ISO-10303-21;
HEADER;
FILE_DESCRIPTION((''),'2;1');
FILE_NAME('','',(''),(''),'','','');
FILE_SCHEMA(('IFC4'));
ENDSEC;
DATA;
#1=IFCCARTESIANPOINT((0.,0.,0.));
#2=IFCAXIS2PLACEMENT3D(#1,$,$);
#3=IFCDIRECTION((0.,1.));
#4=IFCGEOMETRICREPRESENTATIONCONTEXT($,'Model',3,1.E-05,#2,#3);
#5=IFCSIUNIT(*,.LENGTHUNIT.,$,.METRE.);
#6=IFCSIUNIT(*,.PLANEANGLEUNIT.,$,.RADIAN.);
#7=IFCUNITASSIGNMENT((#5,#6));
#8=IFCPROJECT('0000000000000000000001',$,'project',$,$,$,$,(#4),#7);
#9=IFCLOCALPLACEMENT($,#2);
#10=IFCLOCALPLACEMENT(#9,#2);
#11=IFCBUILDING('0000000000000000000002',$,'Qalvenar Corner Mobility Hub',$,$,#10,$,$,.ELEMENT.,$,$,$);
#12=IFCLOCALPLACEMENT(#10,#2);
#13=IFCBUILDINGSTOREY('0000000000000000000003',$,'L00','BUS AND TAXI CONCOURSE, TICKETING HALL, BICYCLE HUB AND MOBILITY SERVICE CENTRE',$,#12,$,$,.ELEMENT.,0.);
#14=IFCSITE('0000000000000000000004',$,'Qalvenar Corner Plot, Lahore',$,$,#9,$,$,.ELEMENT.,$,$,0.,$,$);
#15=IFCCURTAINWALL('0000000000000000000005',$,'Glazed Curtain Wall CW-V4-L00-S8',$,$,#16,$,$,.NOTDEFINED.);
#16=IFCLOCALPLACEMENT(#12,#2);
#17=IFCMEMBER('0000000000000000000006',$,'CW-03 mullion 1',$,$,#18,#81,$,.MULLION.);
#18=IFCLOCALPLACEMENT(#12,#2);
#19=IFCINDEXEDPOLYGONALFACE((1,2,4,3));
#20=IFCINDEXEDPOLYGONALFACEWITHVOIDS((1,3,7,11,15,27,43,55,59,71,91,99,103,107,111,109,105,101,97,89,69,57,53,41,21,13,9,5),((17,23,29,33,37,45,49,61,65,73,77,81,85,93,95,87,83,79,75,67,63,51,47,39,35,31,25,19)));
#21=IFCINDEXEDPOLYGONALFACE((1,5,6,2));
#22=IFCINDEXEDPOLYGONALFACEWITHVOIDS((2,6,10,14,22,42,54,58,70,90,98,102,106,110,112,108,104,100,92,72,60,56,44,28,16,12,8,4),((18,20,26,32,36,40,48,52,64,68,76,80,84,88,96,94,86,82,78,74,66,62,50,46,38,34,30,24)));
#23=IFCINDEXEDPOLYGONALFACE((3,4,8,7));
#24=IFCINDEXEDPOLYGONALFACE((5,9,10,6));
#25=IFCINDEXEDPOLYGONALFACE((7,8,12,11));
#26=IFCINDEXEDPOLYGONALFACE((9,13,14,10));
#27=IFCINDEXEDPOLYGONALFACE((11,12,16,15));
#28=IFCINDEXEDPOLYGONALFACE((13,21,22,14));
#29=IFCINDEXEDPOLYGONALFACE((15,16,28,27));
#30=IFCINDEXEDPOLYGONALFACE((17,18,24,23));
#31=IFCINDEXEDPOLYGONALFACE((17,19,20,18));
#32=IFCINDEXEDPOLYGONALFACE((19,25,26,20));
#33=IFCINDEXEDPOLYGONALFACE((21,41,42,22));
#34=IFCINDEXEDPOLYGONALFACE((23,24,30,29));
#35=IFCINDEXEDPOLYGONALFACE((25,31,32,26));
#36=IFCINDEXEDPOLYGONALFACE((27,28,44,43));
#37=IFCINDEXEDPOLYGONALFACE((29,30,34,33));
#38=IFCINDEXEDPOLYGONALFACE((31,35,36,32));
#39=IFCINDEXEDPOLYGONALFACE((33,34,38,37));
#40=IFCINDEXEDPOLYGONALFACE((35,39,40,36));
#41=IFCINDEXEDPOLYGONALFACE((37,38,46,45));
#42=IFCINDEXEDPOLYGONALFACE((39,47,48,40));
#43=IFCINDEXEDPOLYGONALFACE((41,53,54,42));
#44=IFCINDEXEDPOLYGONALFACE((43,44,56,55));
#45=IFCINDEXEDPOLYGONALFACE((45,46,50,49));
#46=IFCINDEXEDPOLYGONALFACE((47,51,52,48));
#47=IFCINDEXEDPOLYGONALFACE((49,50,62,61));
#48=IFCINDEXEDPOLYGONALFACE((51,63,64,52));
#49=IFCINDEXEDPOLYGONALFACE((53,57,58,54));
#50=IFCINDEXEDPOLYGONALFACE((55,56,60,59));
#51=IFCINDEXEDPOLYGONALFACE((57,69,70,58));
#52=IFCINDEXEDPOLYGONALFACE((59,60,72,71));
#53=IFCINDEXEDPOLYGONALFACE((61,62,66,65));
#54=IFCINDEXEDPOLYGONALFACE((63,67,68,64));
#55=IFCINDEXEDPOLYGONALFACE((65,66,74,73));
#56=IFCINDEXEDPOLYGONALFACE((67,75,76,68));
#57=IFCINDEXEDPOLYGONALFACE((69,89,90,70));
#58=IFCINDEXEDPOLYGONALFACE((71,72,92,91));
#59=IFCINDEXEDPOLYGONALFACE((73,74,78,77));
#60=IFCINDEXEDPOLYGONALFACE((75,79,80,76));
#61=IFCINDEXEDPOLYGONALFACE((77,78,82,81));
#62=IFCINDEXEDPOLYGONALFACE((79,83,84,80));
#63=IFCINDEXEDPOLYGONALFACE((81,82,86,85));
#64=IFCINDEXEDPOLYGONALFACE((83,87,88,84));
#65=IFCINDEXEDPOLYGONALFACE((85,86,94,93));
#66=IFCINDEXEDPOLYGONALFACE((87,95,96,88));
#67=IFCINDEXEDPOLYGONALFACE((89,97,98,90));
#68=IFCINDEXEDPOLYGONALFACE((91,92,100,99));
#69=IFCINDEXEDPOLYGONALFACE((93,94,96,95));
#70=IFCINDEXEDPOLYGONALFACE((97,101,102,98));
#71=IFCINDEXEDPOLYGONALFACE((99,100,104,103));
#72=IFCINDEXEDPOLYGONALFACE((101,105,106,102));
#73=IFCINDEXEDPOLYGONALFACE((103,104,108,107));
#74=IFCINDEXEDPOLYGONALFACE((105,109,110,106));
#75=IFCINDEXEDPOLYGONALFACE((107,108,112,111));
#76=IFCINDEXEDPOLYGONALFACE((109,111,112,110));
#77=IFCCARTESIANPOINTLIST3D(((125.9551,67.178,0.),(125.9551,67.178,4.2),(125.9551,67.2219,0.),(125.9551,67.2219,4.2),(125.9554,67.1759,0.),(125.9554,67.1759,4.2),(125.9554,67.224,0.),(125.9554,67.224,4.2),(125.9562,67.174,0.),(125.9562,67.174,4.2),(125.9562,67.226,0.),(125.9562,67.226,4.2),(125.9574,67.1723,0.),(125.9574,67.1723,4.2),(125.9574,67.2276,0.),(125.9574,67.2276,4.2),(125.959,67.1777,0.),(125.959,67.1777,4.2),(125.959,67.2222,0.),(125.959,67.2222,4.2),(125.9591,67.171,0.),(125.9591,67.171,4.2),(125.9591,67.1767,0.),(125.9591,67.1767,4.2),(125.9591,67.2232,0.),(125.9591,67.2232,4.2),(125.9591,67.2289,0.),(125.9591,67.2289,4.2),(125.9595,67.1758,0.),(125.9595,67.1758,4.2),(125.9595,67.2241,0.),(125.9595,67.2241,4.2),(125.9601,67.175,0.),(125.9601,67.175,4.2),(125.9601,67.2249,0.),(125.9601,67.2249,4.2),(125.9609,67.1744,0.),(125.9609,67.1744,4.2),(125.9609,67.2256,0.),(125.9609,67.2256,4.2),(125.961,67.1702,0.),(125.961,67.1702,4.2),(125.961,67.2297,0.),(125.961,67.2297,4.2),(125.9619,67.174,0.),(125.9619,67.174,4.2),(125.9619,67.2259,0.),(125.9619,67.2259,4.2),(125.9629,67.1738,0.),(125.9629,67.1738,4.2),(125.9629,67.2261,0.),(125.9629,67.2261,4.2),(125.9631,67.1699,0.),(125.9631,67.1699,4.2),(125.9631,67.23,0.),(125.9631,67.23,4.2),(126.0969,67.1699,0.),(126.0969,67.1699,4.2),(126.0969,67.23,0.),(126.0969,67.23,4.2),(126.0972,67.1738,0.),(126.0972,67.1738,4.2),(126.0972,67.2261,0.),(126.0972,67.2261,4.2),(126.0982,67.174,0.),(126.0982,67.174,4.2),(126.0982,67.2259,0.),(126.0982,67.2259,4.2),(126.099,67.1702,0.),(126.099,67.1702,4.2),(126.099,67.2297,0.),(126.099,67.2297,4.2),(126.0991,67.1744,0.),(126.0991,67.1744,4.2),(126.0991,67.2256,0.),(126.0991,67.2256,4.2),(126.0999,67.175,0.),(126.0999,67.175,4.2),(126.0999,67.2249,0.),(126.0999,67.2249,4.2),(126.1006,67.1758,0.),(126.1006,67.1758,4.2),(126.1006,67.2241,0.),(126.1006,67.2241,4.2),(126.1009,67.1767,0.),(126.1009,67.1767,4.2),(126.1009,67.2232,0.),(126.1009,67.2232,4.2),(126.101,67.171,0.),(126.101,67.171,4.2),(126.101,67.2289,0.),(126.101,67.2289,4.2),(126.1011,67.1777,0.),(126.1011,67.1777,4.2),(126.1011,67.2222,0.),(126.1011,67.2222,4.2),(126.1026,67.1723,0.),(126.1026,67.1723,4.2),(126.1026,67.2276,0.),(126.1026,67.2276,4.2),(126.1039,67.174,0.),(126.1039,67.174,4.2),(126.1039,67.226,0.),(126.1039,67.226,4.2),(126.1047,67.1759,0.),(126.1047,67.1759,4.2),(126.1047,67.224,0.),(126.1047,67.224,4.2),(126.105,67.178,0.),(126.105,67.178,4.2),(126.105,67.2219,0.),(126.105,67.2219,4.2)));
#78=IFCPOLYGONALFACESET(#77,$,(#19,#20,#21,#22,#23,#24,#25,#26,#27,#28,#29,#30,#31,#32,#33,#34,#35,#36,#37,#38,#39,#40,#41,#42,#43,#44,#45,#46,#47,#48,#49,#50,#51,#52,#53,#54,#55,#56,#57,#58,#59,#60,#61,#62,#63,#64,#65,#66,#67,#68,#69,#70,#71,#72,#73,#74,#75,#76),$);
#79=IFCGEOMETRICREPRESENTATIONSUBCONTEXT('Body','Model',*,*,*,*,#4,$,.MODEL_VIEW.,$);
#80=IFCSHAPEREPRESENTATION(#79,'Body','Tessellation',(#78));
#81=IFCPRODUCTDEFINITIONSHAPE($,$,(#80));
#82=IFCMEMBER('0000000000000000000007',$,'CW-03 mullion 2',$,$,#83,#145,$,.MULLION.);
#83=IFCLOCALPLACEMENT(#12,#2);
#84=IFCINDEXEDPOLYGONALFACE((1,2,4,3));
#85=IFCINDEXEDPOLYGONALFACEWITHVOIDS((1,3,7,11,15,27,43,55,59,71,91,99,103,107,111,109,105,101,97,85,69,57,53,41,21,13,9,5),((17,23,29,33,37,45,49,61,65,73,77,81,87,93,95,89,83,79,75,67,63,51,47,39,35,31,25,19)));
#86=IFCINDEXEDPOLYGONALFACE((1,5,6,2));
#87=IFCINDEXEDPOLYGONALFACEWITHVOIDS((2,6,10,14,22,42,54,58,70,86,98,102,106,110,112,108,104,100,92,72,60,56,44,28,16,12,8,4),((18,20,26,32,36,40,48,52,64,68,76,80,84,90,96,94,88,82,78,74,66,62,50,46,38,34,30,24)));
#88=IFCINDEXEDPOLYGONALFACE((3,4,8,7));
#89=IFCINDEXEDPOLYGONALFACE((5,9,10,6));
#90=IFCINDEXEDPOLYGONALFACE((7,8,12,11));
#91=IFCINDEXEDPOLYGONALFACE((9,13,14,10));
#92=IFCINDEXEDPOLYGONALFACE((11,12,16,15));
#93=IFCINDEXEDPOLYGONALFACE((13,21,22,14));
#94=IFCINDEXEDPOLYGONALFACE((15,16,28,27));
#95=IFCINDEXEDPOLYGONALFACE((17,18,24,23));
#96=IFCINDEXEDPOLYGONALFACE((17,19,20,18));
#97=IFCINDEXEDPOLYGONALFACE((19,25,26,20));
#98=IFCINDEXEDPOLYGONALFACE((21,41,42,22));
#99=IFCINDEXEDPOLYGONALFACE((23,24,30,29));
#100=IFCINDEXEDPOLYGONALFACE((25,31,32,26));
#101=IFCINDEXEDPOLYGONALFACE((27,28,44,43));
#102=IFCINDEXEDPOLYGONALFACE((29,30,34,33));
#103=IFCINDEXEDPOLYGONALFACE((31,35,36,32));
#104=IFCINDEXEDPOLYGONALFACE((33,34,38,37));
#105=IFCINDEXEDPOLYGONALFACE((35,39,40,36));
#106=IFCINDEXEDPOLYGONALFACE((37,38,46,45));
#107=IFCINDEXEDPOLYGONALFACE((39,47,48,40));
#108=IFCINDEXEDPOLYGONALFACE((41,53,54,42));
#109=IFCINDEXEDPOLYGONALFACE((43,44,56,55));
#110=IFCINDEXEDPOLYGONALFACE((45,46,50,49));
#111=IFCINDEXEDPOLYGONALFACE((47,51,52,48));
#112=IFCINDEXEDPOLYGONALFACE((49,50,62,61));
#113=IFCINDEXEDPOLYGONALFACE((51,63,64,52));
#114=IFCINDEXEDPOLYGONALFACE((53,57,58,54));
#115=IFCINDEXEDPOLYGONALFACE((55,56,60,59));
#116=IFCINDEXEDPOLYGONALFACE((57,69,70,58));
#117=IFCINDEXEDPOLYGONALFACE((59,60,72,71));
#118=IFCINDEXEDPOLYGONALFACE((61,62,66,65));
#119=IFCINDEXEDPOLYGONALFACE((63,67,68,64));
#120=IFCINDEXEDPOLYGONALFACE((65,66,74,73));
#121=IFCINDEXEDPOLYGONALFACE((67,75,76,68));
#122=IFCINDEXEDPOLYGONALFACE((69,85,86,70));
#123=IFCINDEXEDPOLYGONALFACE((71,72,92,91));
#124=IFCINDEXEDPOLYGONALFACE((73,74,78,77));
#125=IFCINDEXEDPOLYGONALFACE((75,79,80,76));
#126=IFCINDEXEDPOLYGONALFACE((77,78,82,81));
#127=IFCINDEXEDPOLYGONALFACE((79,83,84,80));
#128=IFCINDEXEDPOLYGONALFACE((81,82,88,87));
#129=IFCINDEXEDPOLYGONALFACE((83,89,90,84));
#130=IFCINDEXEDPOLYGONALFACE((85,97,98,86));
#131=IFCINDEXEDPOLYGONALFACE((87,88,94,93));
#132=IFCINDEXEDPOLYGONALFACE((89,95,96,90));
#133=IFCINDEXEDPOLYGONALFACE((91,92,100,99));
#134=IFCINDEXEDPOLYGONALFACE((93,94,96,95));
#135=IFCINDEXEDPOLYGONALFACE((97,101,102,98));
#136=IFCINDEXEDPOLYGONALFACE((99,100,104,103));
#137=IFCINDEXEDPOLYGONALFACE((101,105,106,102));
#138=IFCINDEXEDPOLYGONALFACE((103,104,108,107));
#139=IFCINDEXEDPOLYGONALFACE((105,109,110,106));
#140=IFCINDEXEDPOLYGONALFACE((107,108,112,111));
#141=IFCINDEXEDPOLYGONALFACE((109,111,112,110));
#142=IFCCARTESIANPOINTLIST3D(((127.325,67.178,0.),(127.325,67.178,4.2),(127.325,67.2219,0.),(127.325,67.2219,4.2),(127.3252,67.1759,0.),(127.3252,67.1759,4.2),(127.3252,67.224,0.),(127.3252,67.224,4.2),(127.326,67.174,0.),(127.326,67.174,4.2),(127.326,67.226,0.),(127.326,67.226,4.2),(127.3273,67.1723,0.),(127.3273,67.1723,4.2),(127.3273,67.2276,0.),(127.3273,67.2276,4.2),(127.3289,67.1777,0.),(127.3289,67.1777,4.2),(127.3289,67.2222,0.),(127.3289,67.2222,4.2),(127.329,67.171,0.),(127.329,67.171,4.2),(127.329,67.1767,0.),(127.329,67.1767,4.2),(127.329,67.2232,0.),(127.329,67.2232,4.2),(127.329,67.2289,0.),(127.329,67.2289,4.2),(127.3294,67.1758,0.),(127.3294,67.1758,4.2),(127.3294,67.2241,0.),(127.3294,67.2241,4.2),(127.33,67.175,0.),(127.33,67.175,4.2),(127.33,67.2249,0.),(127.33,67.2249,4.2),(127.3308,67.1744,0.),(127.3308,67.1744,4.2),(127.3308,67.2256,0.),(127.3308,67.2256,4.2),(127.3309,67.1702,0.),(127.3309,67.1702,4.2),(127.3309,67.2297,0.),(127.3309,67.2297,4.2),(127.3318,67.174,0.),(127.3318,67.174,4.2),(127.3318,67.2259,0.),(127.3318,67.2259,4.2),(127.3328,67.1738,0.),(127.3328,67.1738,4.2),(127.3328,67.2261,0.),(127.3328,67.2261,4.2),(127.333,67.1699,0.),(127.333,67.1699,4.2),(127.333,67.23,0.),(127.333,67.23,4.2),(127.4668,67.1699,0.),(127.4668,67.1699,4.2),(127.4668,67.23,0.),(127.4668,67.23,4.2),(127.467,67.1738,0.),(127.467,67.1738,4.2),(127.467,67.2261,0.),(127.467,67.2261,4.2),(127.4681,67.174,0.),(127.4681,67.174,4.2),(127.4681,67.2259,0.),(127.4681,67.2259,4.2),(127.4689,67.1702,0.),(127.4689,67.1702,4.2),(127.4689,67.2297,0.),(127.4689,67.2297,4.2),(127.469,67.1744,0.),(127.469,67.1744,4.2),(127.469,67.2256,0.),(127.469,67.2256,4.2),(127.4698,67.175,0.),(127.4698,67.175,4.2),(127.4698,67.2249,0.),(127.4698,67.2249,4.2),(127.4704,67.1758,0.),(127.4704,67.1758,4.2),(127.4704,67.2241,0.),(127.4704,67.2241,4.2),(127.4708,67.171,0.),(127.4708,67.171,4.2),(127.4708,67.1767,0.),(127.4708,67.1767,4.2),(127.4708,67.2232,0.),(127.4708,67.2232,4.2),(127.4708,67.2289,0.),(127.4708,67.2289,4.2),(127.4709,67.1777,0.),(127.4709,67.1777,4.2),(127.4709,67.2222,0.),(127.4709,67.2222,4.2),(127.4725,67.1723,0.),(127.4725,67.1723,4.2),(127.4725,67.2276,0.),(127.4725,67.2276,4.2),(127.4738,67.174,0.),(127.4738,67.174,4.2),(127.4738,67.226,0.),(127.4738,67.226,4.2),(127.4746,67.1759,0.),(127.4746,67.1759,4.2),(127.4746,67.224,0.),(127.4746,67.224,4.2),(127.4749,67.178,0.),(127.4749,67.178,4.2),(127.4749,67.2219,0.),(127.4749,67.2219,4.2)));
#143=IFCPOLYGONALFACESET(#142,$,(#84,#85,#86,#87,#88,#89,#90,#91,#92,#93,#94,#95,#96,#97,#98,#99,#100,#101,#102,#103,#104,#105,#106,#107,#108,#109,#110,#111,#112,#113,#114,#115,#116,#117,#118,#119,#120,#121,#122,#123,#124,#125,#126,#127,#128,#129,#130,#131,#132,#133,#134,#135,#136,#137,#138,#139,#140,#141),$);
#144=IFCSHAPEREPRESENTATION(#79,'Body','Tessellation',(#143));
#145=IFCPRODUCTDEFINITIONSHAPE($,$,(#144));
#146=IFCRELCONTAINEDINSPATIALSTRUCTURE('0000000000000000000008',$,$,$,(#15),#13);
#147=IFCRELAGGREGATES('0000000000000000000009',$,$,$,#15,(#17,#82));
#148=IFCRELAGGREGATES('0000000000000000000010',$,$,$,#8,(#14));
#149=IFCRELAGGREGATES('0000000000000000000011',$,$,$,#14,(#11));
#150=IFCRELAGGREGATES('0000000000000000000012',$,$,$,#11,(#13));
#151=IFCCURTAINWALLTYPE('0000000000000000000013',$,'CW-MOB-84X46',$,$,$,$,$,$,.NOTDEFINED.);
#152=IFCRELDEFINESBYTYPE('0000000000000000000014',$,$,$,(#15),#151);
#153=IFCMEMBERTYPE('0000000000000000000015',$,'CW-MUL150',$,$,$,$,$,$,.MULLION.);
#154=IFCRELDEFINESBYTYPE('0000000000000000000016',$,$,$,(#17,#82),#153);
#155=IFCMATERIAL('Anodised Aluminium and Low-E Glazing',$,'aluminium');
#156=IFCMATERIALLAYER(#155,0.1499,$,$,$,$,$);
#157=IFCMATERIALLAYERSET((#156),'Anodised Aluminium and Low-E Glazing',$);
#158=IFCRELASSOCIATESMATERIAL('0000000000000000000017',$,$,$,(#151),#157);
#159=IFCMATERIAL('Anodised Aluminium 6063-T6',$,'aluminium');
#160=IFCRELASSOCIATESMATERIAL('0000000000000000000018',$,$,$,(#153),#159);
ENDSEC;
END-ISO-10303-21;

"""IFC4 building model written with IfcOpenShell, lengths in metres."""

from ifc_helpers import new_model, si_unit, direction, frame, origin, origin_2d, place, context, subcontext, project, spatial, hollow_rectangle, extrude, material, layer, layer_set, material_profile, profile_set, type_object, element, aggregate, save


model = new_model("IFC4")

# Units and contexts
model_context = context("Model", 3, precision=1e-05, world=origin(), true_north=direction((0.0, 1.0)))
body_context = subcontext(model_context, "Body", "Model", "MODEL_VIEW")
ifc_project = project(units=[si_unit("LENGTHUNIT", "METRE"), si_unit("PLANEANGLEUNIT", "RADIAN")], contexts=[model_context])

# Site, building, storey
site_placement = place(None, origin())
site = spatial("IfcSite", under=ifc_project, at=site_placement, Name="Qalvenar Corner Plot, Lahore", CompositionType="ELEMENT", RefElevation=0.0)
building_placement = place(site_placement, origin())
building = spatial("IfcBuilding", under=site, at=building_placement, Name="Qalvenar Corner Mobility Hub", CompositionType="ELEMENT")
storey_placement = place(building_placement, origin())
storey = spatial("IfcBuildingStorey", under=building, at=storey_placement, Name="L00", Description="BUS AND TAXI CONCOURSE, TICKETING HALL, BICYCLE HUB AND MOBILITY SERVICE CENTRE", CompositionType="ELEMENT", Elevation=0.0)

# Curtain wall, members
ifc_material_1 = material(Name="Anodised Aluminium and Low-E Glazing", Category="aluminium")
ifc_layer_1 = layer(ifc_material_1, 0.1499)
ifc_layer_set_1 = layer_set([ifc_layer_1], Name="Anodised Aluminium and Low-E Glazing")
curtain_wall_type = type_object("IfcCurtainWallType", Name="CW-MOB-84X46", PredefinedType="NOTDEFINED", material=ifc_layer_set_1)
curtain_wall_placement = place(storey_placement, origin())
curtain_wall = element("IfcCurtainWall", 1, at=curtain_wall_placement, inside=storey, type_object=curtain_wall_type, Name="Glazed Curtain Wall CW-V4-L00-S8", PredefinedType="NOTDEFINED")
ifc_material_2 = material(Name="Anodised Aluminium 6063-T6", Category="aluminium")
ifc_material_profile_1 = material_profile(ifc_material_2, hollow_rectangle(XDim=0.0601, YDim=0.1499, WallThickness=0.0039, InnerFilletRadius=0.0039, OuterFilletRadius=0.0081, at=origin_2d()), Name="RHS150x60x4")
ifc_profile_set_1 = profile_set([ifc_material_profile_1], Name="Anodised Aluminium 6063-T6")
member_type_1 = type_object("IfcMemberType", Name="CW-MUL150", PredefinedType="MULLION", material=ifc_profile_set_1)
member_1_placement = place(storey_placement, frame((126.03, 67.2, 0.0), z_axis=(0.0, 0.0, 1.0), x_axis=(0.0, 1.0, 0.0)))
member_1 = element("IfcMember", 2, at=member_1_placement, type_object=member_type_1, Name="CW-03 mullion 1", PredefinedType="MULLION", context=body_context, shape_type="SweptSolid", body=[
    extrude(hollow_rectangle(XDim=0.0601, YDim=0.1499, WallThickness=0.0039, InnerFilletRadius=0.0039, OuterFilletRadius=0.0081, at=origin_2d()), origin(), (0.0, 0.0, 1.0), 4.2),
])
member_2_placement = place(storey_placement, frame((127.3999, 67.2, 0.0), z_axis=(0.0, 0.0, 1.0), x_axis=(0.0, 1.0, 0.0)))
member_2 = element("IfcMember", 3, at=member_2_placement, type_object=member_type_1, Name="CW-03 mullion 2", PredefinedType="MULLION", context=body_context, shape_type="SweptSolid", body=[
    extrude(hollow_rectangle(XDim=0.0601, YDim=0.1499, WallThickness=0.0039, InnerFilletRadius=0.0039, OuterFilletRadius=0.0081, at=origin_2d()), origin(), (0.0, 0.0, 1.0), 4.2),
])
aggregate(curtain_wall, [member_1, member_2])

save(model, "model.ifc")
